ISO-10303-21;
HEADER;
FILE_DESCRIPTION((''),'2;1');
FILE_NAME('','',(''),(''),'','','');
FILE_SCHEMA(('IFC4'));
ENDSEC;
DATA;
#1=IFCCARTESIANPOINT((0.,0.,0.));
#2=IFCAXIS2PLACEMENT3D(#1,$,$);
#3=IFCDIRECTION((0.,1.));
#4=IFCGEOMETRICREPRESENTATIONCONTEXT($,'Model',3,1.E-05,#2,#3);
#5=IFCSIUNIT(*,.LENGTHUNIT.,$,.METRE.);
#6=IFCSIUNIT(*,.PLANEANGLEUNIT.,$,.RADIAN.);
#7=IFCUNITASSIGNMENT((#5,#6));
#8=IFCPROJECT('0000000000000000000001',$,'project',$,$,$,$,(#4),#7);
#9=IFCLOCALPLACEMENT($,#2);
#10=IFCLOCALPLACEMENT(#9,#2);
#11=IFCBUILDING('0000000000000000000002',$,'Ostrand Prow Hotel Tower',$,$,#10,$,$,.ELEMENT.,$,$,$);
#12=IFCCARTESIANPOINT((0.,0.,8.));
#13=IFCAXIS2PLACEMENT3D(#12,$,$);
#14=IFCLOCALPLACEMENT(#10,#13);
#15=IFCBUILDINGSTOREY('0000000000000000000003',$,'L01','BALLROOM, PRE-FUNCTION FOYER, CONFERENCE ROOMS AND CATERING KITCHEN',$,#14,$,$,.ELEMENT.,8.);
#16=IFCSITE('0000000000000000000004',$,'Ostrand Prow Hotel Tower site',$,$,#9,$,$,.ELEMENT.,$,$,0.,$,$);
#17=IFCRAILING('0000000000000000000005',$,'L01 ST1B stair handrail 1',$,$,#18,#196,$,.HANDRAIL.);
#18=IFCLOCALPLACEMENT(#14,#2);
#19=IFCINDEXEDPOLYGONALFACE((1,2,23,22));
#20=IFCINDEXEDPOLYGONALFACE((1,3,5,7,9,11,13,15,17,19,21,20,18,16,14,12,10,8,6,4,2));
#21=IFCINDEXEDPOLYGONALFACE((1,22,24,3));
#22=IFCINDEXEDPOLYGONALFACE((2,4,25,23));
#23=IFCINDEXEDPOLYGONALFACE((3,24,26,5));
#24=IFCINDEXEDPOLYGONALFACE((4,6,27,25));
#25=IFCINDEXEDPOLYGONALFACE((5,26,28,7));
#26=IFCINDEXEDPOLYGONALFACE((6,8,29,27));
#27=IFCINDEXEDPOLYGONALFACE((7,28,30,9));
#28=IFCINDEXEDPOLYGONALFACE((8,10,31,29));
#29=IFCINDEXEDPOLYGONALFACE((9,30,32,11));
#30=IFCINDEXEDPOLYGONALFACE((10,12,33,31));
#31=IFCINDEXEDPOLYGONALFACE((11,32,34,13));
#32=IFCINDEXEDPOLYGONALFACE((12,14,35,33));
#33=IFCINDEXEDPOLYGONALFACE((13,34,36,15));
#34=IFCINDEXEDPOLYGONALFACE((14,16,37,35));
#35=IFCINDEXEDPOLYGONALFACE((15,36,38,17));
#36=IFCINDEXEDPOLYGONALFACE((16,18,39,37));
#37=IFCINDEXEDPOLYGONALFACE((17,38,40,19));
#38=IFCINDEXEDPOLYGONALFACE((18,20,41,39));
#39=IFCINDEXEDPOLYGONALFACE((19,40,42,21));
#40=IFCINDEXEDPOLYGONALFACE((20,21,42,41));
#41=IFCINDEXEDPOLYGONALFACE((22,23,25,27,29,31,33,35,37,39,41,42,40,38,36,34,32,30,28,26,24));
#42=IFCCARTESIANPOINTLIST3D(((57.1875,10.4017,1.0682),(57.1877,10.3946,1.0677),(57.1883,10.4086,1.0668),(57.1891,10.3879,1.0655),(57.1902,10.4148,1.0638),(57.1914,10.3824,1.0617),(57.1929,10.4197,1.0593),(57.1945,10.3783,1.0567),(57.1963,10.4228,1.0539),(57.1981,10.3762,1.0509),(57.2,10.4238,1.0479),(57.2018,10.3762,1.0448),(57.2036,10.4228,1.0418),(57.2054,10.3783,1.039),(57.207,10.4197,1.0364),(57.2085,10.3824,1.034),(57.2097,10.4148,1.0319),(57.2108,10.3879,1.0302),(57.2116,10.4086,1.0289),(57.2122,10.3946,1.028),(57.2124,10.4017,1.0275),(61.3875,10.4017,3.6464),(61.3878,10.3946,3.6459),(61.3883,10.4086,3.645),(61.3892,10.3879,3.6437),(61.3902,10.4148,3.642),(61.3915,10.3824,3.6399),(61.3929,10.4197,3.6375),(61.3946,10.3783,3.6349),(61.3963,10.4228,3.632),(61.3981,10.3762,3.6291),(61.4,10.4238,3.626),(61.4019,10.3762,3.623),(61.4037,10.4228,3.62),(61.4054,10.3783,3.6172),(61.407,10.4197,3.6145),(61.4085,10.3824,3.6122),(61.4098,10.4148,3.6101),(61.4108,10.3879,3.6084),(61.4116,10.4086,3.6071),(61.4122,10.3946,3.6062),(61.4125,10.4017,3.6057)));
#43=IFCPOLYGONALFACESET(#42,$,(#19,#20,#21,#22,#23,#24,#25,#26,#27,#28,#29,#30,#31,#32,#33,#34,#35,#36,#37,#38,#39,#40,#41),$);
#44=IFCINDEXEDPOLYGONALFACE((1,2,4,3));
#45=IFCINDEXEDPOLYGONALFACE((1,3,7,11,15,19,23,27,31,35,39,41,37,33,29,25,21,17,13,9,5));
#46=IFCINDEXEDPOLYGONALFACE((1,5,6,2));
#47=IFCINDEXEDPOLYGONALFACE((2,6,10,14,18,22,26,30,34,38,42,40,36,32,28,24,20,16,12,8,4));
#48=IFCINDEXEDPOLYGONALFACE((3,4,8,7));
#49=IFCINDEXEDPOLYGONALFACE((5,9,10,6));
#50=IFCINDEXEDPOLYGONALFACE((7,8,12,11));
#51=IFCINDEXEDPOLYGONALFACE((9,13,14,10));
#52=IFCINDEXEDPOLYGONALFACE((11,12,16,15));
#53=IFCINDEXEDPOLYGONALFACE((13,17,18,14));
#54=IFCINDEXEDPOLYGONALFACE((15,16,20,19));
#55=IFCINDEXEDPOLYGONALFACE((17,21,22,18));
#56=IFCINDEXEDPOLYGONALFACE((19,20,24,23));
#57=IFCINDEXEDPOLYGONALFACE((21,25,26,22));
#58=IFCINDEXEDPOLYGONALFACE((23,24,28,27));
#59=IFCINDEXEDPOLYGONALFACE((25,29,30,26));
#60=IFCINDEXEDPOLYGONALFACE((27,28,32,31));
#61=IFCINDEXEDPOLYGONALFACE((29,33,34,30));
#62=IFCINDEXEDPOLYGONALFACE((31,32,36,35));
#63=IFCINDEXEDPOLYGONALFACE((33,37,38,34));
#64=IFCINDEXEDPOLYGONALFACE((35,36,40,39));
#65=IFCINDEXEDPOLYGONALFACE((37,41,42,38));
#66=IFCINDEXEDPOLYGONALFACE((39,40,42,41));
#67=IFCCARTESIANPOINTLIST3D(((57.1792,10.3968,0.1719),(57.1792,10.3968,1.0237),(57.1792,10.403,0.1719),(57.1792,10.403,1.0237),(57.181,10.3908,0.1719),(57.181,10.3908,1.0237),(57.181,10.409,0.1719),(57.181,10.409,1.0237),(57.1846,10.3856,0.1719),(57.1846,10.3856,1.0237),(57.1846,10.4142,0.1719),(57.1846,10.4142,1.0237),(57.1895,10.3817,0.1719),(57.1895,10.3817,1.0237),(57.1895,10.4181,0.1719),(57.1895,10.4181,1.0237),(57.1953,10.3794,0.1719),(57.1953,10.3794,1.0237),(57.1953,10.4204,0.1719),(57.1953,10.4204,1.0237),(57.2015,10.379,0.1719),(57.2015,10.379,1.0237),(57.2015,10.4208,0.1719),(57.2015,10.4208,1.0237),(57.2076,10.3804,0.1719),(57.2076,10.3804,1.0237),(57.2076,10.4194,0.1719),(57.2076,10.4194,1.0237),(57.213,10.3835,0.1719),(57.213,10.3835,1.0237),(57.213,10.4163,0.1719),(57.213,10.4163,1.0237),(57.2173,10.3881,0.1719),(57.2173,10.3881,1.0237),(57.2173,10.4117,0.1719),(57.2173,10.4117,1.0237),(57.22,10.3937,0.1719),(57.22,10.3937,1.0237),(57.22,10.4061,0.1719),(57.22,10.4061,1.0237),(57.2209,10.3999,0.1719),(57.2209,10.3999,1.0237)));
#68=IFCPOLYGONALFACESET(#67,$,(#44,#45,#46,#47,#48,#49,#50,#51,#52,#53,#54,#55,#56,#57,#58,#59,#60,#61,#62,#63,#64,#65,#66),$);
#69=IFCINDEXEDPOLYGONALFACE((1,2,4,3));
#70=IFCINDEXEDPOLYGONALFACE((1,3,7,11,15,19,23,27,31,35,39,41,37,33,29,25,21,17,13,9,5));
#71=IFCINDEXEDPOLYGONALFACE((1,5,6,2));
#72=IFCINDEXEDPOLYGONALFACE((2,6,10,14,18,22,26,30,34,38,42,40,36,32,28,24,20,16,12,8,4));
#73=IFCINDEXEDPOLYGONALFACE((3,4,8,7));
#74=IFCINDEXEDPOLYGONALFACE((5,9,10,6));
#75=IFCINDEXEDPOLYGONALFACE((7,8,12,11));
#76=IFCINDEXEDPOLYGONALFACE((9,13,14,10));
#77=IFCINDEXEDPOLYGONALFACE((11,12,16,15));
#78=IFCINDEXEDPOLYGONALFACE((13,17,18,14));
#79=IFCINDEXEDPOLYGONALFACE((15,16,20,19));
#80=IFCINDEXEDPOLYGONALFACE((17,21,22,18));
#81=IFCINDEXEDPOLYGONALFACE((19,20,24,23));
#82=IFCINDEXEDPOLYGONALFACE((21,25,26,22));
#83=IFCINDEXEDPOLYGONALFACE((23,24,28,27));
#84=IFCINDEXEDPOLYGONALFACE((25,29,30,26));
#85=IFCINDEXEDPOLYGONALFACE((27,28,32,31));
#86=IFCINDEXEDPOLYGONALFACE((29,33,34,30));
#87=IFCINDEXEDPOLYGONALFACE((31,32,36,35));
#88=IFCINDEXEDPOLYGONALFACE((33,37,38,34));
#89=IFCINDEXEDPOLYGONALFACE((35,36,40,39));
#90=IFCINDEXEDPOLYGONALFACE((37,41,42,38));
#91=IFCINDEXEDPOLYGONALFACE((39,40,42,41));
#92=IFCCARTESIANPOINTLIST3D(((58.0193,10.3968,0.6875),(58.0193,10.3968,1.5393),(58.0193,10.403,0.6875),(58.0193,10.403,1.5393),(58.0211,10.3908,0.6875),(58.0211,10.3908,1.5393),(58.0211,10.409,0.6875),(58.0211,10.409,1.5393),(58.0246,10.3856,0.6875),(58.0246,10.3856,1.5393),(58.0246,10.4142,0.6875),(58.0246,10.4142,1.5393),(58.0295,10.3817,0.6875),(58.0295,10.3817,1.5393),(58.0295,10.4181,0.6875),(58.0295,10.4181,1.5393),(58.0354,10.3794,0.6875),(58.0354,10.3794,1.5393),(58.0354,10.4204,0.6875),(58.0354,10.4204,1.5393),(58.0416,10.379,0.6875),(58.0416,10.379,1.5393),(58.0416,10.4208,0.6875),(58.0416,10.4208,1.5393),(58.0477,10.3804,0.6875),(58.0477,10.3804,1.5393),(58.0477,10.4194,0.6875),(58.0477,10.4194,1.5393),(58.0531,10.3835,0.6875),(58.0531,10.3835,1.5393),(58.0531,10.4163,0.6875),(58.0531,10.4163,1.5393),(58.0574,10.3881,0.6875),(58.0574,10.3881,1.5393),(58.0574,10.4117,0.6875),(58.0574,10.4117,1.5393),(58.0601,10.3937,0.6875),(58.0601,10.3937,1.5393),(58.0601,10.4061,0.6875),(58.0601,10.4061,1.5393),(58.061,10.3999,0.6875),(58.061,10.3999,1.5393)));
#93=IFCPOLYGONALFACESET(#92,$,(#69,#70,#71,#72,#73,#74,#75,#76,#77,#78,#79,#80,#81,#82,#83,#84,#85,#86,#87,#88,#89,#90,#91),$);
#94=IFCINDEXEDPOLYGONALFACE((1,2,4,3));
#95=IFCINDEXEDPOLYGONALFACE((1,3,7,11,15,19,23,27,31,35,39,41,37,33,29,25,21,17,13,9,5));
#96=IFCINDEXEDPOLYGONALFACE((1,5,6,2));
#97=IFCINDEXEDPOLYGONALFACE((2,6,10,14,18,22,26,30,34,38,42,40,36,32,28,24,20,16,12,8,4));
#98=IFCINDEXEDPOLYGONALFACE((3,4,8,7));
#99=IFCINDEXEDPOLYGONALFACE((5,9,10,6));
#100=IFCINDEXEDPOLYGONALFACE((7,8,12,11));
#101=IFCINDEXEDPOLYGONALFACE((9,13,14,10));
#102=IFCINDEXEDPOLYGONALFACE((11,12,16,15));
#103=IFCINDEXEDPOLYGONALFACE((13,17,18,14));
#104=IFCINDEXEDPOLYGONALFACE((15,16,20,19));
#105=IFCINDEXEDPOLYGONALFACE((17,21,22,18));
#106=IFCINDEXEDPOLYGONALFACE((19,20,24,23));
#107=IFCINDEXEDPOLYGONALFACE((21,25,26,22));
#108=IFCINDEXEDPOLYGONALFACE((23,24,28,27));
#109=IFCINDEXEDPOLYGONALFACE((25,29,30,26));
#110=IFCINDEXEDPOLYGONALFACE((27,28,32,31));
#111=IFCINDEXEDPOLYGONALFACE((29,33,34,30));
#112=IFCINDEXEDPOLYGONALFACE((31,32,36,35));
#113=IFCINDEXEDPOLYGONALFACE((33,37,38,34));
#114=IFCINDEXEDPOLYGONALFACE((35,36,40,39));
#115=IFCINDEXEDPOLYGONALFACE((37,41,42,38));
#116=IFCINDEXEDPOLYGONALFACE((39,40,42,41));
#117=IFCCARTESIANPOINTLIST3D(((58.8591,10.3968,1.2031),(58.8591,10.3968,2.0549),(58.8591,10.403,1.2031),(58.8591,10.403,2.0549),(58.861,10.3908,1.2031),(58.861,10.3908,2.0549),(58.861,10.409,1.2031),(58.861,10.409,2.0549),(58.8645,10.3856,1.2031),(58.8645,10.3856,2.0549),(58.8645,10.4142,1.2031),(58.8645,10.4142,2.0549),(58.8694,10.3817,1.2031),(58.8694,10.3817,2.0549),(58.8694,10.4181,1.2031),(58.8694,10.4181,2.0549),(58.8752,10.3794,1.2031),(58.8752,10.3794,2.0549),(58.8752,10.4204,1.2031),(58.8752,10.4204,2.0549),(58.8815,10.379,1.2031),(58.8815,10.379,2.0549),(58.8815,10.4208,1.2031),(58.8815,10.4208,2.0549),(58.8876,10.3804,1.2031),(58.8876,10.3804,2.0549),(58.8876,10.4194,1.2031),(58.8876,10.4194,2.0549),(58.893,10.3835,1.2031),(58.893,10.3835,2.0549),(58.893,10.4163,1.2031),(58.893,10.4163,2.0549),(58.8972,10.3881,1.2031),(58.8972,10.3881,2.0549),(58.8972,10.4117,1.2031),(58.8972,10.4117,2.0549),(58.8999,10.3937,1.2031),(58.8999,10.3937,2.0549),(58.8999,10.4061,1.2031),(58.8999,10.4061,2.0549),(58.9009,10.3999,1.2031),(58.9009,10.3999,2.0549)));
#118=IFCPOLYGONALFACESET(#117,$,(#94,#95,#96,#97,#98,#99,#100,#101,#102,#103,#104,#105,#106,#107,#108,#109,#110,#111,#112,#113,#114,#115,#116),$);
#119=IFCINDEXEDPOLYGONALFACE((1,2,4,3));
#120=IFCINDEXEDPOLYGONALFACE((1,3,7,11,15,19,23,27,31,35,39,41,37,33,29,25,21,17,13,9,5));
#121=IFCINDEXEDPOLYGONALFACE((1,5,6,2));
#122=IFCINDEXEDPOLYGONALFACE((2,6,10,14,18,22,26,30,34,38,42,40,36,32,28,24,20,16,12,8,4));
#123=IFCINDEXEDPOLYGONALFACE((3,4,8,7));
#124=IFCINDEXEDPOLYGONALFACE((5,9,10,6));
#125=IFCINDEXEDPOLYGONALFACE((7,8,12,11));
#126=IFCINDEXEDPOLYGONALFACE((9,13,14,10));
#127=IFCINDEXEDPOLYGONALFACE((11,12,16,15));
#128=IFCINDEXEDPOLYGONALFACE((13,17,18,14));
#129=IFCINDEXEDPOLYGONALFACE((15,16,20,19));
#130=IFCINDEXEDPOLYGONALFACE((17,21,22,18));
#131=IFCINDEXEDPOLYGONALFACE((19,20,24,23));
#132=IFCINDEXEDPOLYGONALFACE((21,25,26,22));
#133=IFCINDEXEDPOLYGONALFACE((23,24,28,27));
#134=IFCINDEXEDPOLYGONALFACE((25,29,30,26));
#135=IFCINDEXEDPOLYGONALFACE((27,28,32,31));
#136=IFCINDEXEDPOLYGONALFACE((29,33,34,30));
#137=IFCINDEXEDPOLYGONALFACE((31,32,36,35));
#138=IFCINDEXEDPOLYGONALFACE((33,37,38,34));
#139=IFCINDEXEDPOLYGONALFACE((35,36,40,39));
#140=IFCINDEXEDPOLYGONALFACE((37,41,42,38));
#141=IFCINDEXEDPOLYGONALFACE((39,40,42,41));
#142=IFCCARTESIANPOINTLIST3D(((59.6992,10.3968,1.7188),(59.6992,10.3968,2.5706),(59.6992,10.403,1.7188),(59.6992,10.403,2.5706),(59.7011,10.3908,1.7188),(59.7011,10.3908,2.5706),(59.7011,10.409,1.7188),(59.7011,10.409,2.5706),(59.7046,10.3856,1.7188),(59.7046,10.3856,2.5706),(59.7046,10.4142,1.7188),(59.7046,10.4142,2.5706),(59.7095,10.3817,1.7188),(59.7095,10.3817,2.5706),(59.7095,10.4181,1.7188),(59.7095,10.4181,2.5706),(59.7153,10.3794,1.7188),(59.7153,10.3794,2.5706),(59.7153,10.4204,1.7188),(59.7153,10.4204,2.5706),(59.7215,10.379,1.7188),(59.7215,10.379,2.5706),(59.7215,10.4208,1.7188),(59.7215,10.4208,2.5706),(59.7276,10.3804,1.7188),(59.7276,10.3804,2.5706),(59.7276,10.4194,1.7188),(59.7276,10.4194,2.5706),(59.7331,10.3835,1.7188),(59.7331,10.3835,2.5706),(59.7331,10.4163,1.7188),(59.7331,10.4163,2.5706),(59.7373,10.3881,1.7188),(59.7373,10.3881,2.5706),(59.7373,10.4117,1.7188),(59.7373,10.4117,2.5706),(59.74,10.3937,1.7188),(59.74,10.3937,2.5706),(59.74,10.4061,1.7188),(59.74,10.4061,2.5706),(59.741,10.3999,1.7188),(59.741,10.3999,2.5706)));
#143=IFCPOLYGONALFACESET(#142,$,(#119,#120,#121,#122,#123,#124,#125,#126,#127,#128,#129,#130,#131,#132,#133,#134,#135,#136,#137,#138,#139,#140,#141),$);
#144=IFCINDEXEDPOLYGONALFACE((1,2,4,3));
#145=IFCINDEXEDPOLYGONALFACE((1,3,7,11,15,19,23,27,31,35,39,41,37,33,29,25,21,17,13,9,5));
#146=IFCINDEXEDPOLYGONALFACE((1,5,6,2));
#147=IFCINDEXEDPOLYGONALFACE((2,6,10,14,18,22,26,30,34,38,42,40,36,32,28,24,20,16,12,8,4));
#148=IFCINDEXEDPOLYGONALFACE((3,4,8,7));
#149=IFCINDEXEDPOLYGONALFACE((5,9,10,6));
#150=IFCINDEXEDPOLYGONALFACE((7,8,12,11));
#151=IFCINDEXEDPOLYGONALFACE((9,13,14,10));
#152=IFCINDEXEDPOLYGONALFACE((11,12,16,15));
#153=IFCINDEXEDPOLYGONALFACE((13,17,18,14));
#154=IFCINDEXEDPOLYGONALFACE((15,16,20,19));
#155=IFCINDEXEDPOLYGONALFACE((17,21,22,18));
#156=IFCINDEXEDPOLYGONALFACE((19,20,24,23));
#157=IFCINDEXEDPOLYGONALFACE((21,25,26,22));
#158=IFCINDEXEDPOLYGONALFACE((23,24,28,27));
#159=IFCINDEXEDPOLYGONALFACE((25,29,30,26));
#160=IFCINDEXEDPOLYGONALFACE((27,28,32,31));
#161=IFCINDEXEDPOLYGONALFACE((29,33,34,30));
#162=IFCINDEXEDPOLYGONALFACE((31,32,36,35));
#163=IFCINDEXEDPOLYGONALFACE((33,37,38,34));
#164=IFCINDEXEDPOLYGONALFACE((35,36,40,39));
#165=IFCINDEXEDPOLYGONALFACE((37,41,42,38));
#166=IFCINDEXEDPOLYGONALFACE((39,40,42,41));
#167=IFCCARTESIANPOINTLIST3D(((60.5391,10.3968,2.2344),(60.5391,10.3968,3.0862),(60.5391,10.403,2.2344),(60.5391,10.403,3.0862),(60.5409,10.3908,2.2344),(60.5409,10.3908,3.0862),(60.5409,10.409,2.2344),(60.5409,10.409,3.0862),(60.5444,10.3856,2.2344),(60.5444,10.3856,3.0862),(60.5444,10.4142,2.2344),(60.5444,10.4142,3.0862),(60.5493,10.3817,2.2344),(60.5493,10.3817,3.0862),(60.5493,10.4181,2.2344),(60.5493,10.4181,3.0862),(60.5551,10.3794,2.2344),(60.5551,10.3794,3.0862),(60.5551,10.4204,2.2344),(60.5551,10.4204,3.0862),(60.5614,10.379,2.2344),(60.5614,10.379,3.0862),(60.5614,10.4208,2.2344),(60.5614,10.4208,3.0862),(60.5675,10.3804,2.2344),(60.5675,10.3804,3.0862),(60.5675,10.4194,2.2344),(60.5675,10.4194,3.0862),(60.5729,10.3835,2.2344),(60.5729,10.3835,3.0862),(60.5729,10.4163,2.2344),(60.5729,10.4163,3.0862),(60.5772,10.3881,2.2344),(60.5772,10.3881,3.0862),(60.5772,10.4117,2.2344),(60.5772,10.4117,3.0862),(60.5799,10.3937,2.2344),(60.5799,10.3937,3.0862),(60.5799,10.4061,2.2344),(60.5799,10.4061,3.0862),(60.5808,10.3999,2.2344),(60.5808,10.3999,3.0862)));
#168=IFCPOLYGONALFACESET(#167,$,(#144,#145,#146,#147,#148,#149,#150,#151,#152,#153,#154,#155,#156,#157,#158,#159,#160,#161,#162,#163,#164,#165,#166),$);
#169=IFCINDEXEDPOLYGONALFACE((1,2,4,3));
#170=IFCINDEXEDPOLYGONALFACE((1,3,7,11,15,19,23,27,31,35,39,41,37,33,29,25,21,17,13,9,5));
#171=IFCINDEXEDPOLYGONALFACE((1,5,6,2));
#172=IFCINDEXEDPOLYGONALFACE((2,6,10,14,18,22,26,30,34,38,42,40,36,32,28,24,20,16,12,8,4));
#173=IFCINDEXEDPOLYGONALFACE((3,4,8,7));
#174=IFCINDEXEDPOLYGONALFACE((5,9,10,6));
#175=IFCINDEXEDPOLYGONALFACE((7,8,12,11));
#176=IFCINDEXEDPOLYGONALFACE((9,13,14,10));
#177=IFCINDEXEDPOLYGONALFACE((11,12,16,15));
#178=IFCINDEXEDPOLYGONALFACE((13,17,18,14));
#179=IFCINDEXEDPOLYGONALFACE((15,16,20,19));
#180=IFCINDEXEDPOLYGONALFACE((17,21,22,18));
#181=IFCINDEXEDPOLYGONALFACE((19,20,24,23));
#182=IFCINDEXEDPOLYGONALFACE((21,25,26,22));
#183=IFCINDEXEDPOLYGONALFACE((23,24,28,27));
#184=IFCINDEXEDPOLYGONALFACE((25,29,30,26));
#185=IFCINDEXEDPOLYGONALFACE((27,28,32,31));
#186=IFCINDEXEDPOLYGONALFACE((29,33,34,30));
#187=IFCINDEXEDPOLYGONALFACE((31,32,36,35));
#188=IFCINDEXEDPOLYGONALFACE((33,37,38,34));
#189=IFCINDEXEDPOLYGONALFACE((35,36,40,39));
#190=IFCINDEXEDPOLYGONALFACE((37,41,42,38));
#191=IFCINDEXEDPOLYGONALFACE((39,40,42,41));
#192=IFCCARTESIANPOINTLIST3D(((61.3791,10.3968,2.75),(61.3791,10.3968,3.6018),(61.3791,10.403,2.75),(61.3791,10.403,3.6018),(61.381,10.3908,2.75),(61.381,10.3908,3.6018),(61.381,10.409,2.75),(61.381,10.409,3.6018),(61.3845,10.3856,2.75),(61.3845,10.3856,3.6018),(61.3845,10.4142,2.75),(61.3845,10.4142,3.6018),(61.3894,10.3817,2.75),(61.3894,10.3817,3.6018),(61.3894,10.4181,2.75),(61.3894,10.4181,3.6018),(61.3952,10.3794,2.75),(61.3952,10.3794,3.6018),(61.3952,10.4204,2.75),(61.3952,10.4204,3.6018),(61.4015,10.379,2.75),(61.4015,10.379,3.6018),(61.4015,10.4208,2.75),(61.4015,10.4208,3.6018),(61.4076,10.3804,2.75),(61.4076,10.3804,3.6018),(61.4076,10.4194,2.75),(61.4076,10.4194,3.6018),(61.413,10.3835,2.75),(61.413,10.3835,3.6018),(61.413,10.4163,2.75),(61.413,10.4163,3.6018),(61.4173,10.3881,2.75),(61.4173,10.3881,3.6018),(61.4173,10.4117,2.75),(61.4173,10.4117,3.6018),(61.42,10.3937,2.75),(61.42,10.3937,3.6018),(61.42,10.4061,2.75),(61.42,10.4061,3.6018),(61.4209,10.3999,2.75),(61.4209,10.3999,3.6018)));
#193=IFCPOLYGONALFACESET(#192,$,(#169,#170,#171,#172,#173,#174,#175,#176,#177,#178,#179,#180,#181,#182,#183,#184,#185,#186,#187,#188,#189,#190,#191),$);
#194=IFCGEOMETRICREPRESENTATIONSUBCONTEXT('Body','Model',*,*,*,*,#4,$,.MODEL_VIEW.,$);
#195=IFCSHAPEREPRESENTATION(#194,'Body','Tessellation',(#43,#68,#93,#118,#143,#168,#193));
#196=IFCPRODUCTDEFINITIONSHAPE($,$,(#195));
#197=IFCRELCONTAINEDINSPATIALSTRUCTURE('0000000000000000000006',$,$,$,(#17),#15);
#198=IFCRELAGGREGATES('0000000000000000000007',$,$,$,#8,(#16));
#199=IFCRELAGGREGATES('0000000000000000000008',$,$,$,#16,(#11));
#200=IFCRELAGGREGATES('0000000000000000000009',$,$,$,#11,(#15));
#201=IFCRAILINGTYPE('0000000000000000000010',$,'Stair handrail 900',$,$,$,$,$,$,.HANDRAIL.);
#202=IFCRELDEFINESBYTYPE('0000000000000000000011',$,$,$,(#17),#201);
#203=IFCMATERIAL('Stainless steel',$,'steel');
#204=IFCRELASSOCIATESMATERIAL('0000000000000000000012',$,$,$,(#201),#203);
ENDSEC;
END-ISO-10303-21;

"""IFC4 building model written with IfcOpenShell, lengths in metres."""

from ifc_helpers import new_model, si_unit, direction, frame, origin, origin_2d, place, context, subcontext, project, spatial, circle, extrude, material, type_object, element, save


model = new_model("IFC4")

# Units and contexts
model_context = context("Model", 3, precision=1e-05, world=origin(), true_north=direction((0.0, 1.0)))
body_context = subcontext(model_context, "Body", "Model", "MODEL_VIEW")
ifc_project = project(units=[si_unit("LENGTHUNIT", "METRE"), si_unit("PLANEANGLEUNIT", "RADIAN")], contexts=[model_context])

# Site, building, storey
site_placement = place(None, origin())
site = spatial("IfcSite", under=ifc_project, at=site_placement, Name="Ostrand Prow Hotel Tower site", CompositionType="ELEMENT", RefElevation=0.0)
building_placement = place(site_placement, origin())
building = spatial("IfcBuilding", under=site, at=building_placement, Name="Ostrand Prow Hotel Tower", CompositionType="ELEMENT")
storey_placement = place(building_placement, frame((0.0, 0.0, 8.0)))
storey = spatial("IfcBuildingStorey", under=building, at=storey_placement, Name="L01", Description="BALLROOM, PRE-FUNCTION FOYER, CONFERENCE ROOMS AND CATERING KITCHEN", CompositionType="ELEMENT", Elevation=8.0)

# Railing
ifc_material_1 = material(Name="Stainless steel", Category="steel")
railing_type_1 = type_object("IfcRailingType", Name="Stair handrail 900", PredefinedType="HANDRAIL", material=ifc_material_1)
railing_1_placement = place(storey_placement, frame((57.2, 10.3999, 0.1719)))
element("IfcRailing", 1, at=railing_1_placement, inside=storey, type_object=railing_type_1, Name="L01 ST1B stair handrail 1", PredefinedType="HANDRAIL", context=body_context, shape_type="SweptSolid", body=[
    extrude(circle(Radius=0.0239, at=origin_2d()), frame((0.0, 0.0, 0.876), z_axis=(0.852243, 0.0, 0.523146), x_axis=(0.0, 1.0, 0.0)), (0.0, 0.0, 1.0), 4.9282),
    extrude(circle(Radius=0.021, at=origin_2d()), origin(), (0.0, 0.0, 1.0), 0.8518),
    extrude(circle(Radius=0.021, at=origin_2d()), frame((0.8401, 0.0, 0.5156)), (0.0, 0.0, 1.0), 0.8518),
    extrude(circle(Radius=0.021, at=origin_2d()), frame((1.6799, 0.0, 1.0312)), (0.0, 0.0, 1.0), 0.8518),
    extrude(circle(Radius=0.021, at=origin_2d()), frame((2.52, 0.0, 1.5469)), (0.0, 0.0, 1.0), 0.8518),
    extrude(circle(Radius=0.021, at=origin_2d()), frame((3.3599, 0.0, 2.0625)), (0.0, 0.0, 1.0), 0.8518),
    extrude(circle(Radius=0.021, at=origin_2d()), frame((4.2, 0.0, 2.5781)), (0.0, 0.0, 1.0), 0.8518),
])

save(model, "model.ifc")
